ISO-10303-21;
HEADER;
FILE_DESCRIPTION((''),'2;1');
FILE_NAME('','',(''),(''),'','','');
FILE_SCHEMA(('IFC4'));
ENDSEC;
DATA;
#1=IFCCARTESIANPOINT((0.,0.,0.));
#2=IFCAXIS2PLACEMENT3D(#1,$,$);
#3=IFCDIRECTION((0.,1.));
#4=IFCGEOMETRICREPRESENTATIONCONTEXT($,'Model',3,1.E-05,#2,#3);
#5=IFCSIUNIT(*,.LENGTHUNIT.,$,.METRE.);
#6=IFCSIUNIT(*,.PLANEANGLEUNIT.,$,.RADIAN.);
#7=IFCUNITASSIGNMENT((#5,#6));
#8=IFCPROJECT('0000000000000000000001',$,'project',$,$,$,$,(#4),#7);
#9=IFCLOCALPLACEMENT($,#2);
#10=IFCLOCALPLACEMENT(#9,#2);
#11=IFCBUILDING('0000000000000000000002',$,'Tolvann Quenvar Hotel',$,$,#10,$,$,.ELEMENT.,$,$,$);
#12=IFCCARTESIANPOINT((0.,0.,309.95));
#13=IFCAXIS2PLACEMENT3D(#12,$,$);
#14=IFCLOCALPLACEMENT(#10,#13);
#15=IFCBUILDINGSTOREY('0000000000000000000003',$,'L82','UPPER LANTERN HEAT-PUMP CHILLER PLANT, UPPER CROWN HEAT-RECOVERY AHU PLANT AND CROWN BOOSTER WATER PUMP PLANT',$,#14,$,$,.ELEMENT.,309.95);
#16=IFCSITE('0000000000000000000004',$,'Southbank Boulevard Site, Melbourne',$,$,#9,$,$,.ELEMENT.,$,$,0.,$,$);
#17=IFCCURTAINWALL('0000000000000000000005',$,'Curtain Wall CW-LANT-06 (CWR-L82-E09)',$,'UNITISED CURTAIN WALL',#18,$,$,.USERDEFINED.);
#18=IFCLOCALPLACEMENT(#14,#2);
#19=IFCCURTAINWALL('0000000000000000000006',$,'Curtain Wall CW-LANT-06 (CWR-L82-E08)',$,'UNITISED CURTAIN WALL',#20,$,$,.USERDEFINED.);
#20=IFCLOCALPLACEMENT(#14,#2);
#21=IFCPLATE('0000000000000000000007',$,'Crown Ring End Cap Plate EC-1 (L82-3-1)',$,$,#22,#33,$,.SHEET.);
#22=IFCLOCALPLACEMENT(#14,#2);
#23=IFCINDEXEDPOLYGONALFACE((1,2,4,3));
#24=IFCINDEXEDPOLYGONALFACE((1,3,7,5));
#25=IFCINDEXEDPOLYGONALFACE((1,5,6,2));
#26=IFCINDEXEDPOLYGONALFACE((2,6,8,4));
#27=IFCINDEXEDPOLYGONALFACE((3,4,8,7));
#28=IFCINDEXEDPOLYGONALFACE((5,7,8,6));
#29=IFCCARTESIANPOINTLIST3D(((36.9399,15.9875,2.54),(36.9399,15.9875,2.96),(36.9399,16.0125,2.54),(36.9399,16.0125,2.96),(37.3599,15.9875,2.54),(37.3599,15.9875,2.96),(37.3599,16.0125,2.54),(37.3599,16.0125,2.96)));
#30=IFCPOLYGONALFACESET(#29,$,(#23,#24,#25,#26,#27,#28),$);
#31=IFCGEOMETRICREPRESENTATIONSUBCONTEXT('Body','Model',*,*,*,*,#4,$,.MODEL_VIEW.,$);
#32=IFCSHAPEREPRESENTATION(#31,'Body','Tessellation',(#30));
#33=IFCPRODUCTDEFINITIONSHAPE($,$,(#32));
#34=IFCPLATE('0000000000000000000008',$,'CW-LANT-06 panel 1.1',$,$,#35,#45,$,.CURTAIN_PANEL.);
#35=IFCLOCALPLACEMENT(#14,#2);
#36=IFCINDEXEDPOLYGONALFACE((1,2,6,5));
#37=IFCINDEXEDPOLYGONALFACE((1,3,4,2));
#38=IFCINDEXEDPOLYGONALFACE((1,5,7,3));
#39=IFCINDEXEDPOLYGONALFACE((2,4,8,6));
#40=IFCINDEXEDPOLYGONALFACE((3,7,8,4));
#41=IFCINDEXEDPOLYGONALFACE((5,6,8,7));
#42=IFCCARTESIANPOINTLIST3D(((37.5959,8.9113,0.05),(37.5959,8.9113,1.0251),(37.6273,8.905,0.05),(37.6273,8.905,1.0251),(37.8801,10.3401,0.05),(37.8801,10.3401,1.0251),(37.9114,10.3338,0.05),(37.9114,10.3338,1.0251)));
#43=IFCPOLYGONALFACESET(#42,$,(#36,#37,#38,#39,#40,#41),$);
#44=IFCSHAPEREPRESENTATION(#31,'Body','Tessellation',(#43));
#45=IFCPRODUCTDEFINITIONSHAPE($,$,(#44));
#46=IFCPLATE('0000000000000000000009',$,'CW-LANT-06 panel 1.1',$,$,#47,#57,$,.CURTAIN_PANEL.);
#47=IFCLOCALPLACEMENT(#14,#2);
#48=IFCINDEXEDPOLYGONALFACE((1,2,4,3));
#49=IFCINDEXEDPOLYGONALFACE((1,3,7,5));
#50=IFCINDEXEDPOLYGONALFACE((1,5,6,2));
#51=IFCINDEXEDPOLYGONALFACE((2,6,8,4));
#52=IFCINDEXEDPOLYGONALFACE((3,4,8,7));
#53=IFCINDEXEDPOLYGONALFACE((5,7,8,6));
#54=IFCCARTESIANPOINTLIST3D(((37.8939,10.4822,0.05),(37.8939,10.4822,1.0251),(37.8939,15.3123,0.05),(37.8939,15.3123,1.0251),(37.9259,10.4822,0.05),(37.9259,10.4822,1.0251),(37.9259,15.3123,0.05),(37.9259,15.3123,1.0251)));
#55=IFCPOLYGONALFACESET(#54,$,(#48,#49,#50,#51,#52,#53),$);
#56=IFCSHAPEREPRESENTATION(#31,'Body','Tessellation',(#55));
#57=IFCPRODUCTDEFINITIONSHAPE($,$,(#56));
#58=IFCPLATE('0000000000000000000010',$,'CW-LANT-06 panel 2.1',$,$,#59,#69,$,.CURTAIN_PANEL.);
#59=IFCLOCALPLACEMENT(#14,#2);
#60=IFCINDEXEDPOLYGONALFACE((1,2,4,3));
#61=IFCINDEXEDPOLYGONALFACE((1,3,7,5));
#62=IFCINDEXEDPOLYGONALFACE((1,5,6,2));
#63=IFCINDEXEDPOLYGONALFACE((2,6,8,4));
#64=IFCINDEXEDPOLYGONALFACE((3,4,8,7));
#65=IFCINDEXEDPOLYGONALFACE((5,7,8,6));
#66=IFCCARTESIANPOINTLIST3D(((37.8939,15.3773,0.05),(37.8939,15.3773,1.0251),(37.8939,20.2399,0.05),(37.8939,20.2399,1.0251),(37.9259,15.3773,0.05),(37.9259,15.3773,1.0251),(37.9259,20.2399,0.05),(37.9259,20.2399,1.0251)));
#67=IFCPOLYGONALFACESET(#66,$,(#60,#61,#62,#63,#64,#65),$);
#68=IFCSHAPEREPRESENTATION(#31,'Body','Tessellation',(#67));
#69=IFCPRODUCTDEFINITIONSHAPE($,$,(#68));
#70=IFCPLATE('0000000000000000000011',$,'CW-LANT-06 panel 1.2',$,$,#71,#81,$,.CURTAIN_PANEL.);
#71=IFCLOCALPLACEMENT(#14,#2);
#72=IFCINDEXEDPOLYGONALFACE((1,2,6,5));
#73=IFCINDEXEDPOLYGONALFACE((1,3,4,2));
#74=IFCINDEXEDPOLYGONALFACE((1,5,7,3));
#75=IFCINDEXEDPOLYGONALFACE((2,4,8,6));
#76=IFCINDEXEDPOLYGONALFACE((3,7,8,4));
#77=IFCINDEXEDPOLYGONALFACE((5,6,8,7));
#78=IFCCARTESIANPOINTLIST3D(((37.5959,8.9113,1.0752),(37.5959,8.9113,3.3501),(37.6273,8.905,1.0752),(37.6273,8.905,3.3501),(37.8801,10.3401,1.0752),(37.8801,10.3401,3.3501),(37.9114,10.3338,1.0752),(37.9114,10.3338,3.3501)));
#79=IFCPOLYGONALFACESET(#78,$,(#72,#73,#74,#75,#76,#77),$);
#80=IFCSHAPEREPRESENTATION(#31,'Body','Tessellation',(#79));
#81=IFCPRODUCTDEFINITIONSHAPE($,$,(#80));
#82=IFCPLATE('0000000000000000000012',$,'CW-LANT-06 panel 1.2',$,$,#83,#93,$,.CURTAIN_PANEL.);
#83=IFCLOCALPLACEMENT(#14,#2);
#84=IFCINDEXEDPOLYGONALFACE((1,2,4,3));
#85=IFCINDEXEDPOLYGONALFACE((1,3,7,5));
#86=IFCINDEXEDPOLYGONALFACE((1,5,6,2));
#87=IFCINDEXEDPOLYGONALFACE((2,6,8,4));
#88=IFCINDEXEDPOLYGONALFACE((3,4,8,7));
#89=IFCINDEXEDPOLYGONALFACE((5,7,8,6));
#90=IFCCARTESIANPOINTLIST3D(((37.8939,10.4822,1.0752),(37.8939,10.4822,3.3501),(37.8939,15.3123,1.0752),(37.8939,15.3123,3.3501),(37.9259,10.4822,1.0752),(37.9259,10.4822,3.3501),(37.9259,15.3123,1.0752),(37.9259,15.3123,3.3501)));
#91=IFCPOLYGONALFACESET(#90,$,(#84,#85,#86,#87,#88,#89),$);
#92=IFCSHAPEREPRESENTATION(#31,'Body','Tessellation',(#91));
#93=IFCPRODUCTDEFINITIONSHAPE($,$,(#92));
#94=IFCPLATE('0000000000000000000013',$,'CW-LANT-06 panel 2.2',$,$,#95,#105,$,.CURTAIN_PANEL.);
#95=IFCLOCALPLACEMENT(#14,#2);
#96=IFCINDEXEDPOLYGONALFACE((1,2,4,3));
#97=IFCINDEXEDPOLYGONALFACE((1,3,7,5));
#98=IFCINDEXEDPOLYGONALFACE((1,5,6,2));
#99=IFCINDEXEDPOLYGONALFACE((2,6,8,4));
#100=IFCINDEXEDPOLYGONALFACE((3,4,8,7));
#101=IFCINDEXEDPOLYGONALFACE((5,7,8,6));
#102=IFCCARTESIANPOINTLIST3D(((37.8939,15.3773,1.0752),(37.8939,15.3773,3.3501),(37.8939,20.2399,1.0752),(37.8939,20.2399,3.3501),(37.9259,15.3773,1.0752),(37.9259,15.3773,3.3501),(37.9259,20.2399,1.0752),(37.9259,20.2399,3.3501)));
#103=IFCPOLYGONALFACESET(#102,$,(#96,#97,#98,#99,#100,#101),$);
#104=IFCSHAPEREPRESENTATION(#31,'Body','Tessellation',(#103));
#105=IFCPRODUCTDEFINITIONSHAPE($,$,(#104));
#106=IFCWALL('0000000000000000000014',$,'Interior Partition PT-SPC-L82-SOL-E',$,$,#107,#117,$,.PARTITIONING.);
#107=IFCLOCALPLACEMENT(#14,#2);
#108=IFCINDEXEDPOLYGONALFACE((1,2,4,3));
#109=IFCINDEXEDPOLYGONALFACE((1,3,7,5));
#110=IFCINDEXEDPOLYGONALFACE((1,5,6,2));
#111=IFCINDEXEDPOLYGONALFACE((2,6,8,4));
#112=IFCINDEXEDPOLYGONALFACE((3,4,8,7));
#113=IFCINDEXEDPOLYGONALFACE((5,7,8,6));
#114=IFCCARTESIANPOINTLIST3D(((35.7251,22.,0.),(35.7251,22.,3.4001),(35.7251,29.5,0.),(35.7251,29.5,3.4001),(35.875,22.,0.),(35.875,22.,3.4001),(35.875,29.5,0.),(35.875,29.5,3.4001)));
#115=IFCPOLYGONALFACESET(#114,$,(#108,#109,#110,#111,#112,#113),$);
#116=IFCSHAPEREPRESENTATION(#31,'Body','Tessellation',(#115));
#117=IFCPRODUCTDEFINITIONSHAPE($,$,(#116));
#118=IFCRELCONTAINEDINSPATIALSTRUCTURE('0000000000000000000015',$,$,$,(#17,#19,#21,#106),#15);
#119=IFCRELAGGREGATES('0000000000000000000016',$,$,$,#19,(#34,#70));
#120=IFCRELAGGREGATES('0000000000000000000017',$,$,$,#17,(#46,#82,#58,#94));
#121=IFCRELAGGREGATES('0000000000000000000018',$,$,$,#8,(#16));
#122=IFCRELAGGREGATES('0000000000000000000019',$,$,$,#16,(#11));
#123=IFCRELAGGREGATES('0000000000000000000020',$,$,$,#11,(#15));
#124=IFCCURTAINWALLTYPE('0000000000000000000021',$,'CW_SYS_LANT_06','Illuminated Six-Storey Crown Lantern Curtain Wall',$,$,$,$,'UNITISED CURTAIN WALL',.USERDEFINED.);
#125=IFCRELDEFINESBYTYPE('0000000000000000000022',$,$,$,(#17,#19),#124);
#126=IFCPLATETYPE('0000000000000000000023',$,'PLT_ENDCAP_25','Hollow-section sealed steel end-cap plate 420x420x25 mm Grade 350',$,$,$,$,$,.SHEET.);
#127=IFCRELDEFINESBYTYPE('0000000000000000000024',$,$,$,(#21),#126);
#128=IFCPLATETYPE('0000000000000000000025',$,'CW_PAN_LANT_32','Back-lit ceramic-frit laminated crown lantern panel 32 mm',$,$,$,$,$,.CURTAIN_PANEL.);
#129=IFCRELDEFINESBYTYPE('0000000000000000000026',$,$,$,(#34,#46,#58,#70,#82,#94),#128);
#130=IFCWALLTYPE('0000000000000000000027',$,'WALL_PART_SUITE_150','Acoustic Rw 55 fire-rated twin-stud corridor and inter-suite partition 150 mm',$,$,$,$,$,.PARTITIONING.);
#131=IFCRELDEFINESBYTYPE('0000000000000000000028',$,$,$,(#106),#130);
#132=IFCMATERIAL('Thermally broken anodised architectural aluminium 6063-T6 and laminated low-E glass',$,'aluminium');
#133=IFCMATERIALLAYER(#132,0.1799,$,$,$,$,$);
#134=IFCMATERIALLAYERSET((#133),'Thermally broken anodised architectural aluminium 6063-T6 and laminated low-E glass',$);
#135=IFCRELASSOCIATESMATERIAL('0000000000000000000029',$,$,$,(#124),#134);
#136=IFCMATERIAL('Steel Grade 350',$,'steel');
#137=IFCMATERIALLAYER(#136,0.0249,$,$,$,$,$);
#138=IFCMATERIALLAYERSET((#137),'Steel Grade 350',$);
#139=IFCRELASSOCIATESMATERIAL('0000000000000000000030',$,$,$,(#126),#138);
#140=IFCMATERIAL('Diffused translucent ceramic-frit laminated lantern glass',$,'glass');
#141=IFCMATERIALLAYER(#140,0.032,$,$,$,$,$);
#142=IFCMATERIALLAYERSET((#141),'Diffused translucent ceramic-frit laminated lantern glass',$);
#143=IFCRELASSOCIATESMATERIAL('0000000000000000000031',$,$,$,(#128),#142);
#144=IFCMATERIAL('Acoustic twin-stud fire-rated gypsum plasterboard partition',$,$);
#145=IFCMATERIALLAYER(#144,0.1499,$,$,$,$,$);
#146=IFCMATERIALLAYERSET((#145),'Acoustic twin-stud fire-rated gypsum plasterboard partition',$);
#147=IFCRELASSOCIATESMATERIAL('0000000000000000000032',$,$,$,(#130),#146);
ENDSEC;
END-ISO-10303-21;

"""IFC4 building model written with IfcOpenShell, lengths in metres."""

from ifc_helpers import new_model, si_unit, direction, frame, frame_2d, origin, origin_2d, place, context, subcontext, project, spatial, rectangle, extrude, source, transform, mapped, material, layer, layer_set, type_object, type_shapes, element, aggregate, save


model = new_model("IFC4")

# Units and contexts
model_context = context("Model", 3, precision=1e-05, world=origin(), true_north=direction((0.0, 1.0)))
body_context = subcontext(model_context, "Body", "Model", "MODEL_VIEW")
ifc_project = project(units=[si_unit("LENGTHUNIT", "METRE"), si_unit("PLANEANGLEUNIT", "RADIAN")], contexts=[model_context])

# Site, building, storey
site_placement = place(None, origin())
site = spatial("IfcSite", under=ifc_project, at=site_placement, Name="Southbank Boulevard Site, Melbourne", CompositionType="ELEMENT", RefElevation=0.0)
building_placement = place(site_placement, origin())
building = spatial("IfcBuilding", under=site, at=building_placement, Name="Tolvann Quenvar Hotel", CompositionType="ELEMENT")
storey_placement = place(building_placement, frame((0.0, 0.0, 309.95)))
storey = spatial("IfcBuildingStorey", under=building, at=storey_placement, Name="L82", Description="UPPER LANTERN HEAT-PUMP CHILLER PLANT, UPPER CROWN HEAT-RECOVERY AHU PLANT AND CROWN BOOSTER WATER PUMP PLANT", CompositionType="ELEMENT", Elevation=309.95)

# Shared definitions
ifc_material_1 = material(Name="Steel Grade 350", Category="steel")

# Curtain wall
ifc_material_2 = material(Name="Thermally broken anodised architectural aluminium 6063-T6 and laminated low-E glass", Category="aluminium")
ifc_layer_1 = layer(ifc_material_2, 0.1799)
ifc_layer_set_1 = layer_set([ifc_layer_1], Name="Thermally broken anodised architectural aluminium 6063-T6 and laminated low-E glass")
curtain_wall_type = type_object("IfcCurtainWallType", Name="CW_SYS_LANT_06", Description="Illuminated Six-Storey Crown Lantern Curtain Wall", ElementType="UNITISED CURTAIN WALL", PredefinedType="USERDEFINED", material=ifc_layer_set_1)
curtain_wall_1_placement = place(storey_placement, origin())
curtain_wall_1 = element("IfcCurtainWall", 1, at=curtain_wall_1_placement, inside=storey, type_object=curtain_wall_type, Name="Curtain Wall CW-LANT-06 (CWR-L82-E09)", ObjectType="UNITISED CURTAIN WALL", PredefinedType="USERDEFINED")

# Curtain wall
curtain_wall_2_placement = place(storey_placement, origin())
curtain_wall_2 = element("IfcCurtainWall", 2, at=curtain_wall_2_placement, inside=storey, type_object=curtain_wall_type, Name="Curtain Wall CW-LANT-06 (CWR-L82-E08)", ObjectType="UNITISED CURTAIN WALL", PredefinedType="USERDEFINED")

# Plates
ifc_layer_2 = layer(ifc_material_1, 0.0249)
ifc_layer_set_2 = layer_set([ifc_layer_2], Name="Steel Grade 350")
plate_type_1 = type_object("IfcPlateType", Name="PLT_ENDCAP_25", Description="Hollow-section sealed steel end-cap plate 420x420x25 mm Grade 350", PredefinedType="SHEET", material=ifc_layer_set_2)
shared_shape_1 = source(origin(), body_context, "Body", "SweptSolid", [
    extrude(rectangle(XDim=0.4199, YDim=0.0249, at=origin_2d()), origin(), (0.0, 0.0, 1.0), 0.4199),
])
type_shapes(plate_type_1, [shared_shape_1])
plate_1_placement = place(storey_placement, frame((37.1499, 16.0, 2.54), z_axis=(0.0, 0.0, 1.0), x_axis=(1.0, 0.0, 0.0)))
element("IfcPlate", 3, at=plate_1_placement, inside=storey, type_object=plate_type_1, Name="Crown Ring End Cap Plate EC-1 (L82-3-1)", PredefinedType="SHEET", context=body_context, shape_type="MappedRepresentation", body=[
    mapped(shared_shape_1, transform((0.0, 0.0, 0.0), x_axis=(1.0, 0.0, 0.0), y_axis=(0.0, 1.0, 0.0), z_axis=(0.0, 0.0, 1.0), scale=1.0)),
])
ifc_material_3 = material(Name="Diffused translucent ceramic-frit laminated lantern glass", Category="glass")
ifc_layer_3 = layer(ifc_material_3, 0.032)
ifc_layer_set_3 = layer_set([ifc_layer_3], Name="Diffused translucent ceramic-frit laminated lantern glass")
plate_type_2 = type_object("IfcPlateType", Name="CW_PAN_LANT_32", Description="Back-lit ceramic-frit laminated crown lantern panel 32 mm", PredefinedType="CURTAIN_PANEL", material=ifc_layer_set_3)
shared_shape_2 = source(origin(), body_context, "Body", "SweptSolid", [
    extrude(rectangle(XDim=1.4568, YDim=0.032, at=origin_2d()), origin(), (0.0, 0.0, 1.0), 0.9751),
])
plate_2_placement = place(storey_placement, frame((37.7537, 9.6226, 0.05), z_axis=(0.0, 0.0, 1.0), x_axis=(0.195062, 0.980791, 0.0)))
plate_2 = element("IfcPlate", 4, at=plate_2_placement, type_object=plate_type_2, Name="CW-LANT-06 panel 1.1", PredefinedType="CURTAIN_PANEL", context=body_context, shape_type="MappedRepresentation", body=[
    mapped(shared_shape_2, transform((0.0, 0.0, 0.0), x_axis=(1.0, 0.0, 0.0), y_axis=(0.0, 1.0, 0.0), z_axis=(0.0, 0.0, 1.0), scale=1.0)),
])
shared_shape_3 = source(origin(), body_context, "Body", "SweptSolid", [
    extrude(rectangle(XDim=4.8301, YDim=0.032, at=origin_2d()), origin(), (0.0, 0.0, 1.0), 0.9751),
])
plate_3_placement = place(storey_placement, frame((37.9099, 12.8972, 0.05), z_axis=(0.0, 0.0, 1.0), x_axis=(0.0, 1.0, 0.0)))
plate_3 = element("IfcPlate", 5, at=plate_3_placement, type_object=plate_type_2, Name="CW-LANT-06 panel 1.1", PredefinedType="CURTAIN_PANEL", context=body_context, shape_type="MappedRepresentation", body=[
    mapped(shared_shape_3, transform((0.0, 0.0, 0.0), x_axis=(1.0, 0.0, 0.0), y_axis=(0.0, 1.0, 0.0), z_axis=(0.0, 0.0, 1.0), scale=1.0)),
])
shared_shape_4 = source(origin(), body_context, "Body", "SweptSolid", [
    extrude(rectangle(XDim=4.8625, YDim=0.032, at=origin_2d()), origin(), (0.0, 0.0, 1.0), 0.9751),
])
plate_4_placement = place(storey_placement, frame((37.9099, 17.8086, 0.05), z_axis=(0.0, 0.0, 1.0), x_axis=(0.0, 1.0, 0.0)))
plate_4 = element("IfcPlate", 6, at=plate_4_placement, type_object=plate_type_2, Name="CW-LANT-06 panel 2.1", PredefinedType="CURTAIN_PANEL", context=body_context, shape_type="MappedRepresentation", body=[
    mapped(shared_shape_4, transform((0.0, 0.0, 0.0), x_axis=(1.0, 0.0, 0.0), y_axis=(0.0, 1.0, 0.0), z_axis=(0.0, 0.0, 1.0), scale=1.0)),
])
shared_shape_5 = source(origin(), body_context, "Body", "SweptSolid", [
    extrude(rectangle(XDim=1.4568, YDim=0.032, at=origin_2d()), origin(), (0.0, 0.0, 1.0), 2.2749),
])
plate_5_placement = place(storey_placement, frame((37.7537, 9.6226, 1.0752), z_axis=(0.0, 0.0, 1.0), x_axis=(0.195062, 0.980791, 0.0)))
plate_5 = element("IfcPlate", 7, at=plate_5_placement, type_object=plate_type_2, Name="CW-LANT-06 panel 1.2", PredefinedType="CURTAIN_PANEL", context=body_context, shape_type="MappedRepresentation", body=[
    mapped(shared_shape_5, transform((0.0, 0.0, 0.0), x_axis=(1.0, 0.0, 0.0), y_axis=(0.0, 1.0, 0.0), z_axis=(0.0, 0.0, 1.0), scale=1.0)),
])
aggregate(curtain_wall_2, [plate_2, plate_5])
shared_shape_6 = source(origin(), body_context, "Body", "SweptSolid", [
    extrude(rectangle(XDim=4.8301, YDim=0.032, at=origin_2d()), origin(), (0.0, 0.0, 1.0), 2.2749),
])
plate_6_placement = place(storey_placement, frame((37.9099, 12.8972, 1.0752), z_axis=(0.0, 0.0, 1.0), x_axis=(0.0, 1.0, 0.0)))
plate_6 = element("IfcPlate", 8, at=plate_6_placement, type_object=plate_type_2, Name="CW-LANT-06 panel 1.2", PredefinedType="CURTAIN_PANEL", context=body_context, shape_type="MappedRepresentation", body=[
    mapped(shared_shape_6, transform((0.0, 0.0, 0.0), x_axis=(1.0, 0.0, 0.0), y_axis=(0.0, 1.0, 0.0), z_axis=(0.0, 0.0, 1.0), scale=1.0)),
])
shared_shape_7 = source(origin(), body_context, "Body", "SweptSolid", [
    extrude(rectangle(XDim=4.8625, YDim=0.032, at=origin_2d()), origin(), (0.0, 0.0, 1.0), 2.2749),
])
type_shapes(plate_type_2, [shared_shape_2, shared_shape_3, shared_shape_4, shared_shape_5, shared_shape_6, shared_shape_7])
plate_7_placement = place(storey_placement, frame((37.9099, 17.8086, 1.0752), z_axis=(0.0, 0.0, 1.0), x_axis=(0.0, 1.0, 0.0)))
plate_7 = element("IfcPlate", 9, at=plate_7_placement, type_object=plate_type_2, Name="CW-LANT-06 panel 2.2", PredefinedType="CURTAIN_PANEL", context=body_context, shape_type="MappedRepresentation", body=[
    mapped(shared_shape_7, transform((0.0, 0.0, 0.0), x_axis=(1.0, 0.0, 0.0), y_axis=(0.0, 1.0, 0.0), z_axis=(0.0, 0.0, 1.0), scale=1.0)),
])
aggregate(curtain_wall_1, [plate_3, plate_6, plate_4, plate_7])

# Wall
ifc_material_4 = material(Name="Acoustic twin-stud fire-rated gypsum plasterboard partition")
ifc_layer_4 = layer(ifc_material_4, 0.1499)
ifc_layer_set_4 = layer_set([ifc_layer_4], Name="Acoustic twin-stud fire-rated gypsum plasterboard partition")
wall_type = type_object("IfcWallType", Name="WALL_PART_SUITE_150", Description="Acoustic Rw 55 fire-rated twin-stud corridor and inter-suite partition 150 mm", PredefinedType="PARTITIONING", material=ifc_layer_set_4)
wall_placement = place(storey_placement, frame((35.8, 22.0, 0.0), z_axis=(0.0, 0.0, 1.0), x_axis=(0.0, 1.0, 0.0)))
element("IfcWall", 10, at=wall_placement, inside=storey, type_object=wall_type, Name="Interior Partition PT-SPC-L82-SOL-E", PredefinedType="PARTITIONING", context=body_context, shape_type="SweptSolid", body=[
    extrude(rectangle(XDim=7.5, YDim=0.1499, at=frame_2d((3.75, 0.0))), origin(), (0.0, 0.0, 1.0), 3.4001),
])

save(model, "model.ifc")
